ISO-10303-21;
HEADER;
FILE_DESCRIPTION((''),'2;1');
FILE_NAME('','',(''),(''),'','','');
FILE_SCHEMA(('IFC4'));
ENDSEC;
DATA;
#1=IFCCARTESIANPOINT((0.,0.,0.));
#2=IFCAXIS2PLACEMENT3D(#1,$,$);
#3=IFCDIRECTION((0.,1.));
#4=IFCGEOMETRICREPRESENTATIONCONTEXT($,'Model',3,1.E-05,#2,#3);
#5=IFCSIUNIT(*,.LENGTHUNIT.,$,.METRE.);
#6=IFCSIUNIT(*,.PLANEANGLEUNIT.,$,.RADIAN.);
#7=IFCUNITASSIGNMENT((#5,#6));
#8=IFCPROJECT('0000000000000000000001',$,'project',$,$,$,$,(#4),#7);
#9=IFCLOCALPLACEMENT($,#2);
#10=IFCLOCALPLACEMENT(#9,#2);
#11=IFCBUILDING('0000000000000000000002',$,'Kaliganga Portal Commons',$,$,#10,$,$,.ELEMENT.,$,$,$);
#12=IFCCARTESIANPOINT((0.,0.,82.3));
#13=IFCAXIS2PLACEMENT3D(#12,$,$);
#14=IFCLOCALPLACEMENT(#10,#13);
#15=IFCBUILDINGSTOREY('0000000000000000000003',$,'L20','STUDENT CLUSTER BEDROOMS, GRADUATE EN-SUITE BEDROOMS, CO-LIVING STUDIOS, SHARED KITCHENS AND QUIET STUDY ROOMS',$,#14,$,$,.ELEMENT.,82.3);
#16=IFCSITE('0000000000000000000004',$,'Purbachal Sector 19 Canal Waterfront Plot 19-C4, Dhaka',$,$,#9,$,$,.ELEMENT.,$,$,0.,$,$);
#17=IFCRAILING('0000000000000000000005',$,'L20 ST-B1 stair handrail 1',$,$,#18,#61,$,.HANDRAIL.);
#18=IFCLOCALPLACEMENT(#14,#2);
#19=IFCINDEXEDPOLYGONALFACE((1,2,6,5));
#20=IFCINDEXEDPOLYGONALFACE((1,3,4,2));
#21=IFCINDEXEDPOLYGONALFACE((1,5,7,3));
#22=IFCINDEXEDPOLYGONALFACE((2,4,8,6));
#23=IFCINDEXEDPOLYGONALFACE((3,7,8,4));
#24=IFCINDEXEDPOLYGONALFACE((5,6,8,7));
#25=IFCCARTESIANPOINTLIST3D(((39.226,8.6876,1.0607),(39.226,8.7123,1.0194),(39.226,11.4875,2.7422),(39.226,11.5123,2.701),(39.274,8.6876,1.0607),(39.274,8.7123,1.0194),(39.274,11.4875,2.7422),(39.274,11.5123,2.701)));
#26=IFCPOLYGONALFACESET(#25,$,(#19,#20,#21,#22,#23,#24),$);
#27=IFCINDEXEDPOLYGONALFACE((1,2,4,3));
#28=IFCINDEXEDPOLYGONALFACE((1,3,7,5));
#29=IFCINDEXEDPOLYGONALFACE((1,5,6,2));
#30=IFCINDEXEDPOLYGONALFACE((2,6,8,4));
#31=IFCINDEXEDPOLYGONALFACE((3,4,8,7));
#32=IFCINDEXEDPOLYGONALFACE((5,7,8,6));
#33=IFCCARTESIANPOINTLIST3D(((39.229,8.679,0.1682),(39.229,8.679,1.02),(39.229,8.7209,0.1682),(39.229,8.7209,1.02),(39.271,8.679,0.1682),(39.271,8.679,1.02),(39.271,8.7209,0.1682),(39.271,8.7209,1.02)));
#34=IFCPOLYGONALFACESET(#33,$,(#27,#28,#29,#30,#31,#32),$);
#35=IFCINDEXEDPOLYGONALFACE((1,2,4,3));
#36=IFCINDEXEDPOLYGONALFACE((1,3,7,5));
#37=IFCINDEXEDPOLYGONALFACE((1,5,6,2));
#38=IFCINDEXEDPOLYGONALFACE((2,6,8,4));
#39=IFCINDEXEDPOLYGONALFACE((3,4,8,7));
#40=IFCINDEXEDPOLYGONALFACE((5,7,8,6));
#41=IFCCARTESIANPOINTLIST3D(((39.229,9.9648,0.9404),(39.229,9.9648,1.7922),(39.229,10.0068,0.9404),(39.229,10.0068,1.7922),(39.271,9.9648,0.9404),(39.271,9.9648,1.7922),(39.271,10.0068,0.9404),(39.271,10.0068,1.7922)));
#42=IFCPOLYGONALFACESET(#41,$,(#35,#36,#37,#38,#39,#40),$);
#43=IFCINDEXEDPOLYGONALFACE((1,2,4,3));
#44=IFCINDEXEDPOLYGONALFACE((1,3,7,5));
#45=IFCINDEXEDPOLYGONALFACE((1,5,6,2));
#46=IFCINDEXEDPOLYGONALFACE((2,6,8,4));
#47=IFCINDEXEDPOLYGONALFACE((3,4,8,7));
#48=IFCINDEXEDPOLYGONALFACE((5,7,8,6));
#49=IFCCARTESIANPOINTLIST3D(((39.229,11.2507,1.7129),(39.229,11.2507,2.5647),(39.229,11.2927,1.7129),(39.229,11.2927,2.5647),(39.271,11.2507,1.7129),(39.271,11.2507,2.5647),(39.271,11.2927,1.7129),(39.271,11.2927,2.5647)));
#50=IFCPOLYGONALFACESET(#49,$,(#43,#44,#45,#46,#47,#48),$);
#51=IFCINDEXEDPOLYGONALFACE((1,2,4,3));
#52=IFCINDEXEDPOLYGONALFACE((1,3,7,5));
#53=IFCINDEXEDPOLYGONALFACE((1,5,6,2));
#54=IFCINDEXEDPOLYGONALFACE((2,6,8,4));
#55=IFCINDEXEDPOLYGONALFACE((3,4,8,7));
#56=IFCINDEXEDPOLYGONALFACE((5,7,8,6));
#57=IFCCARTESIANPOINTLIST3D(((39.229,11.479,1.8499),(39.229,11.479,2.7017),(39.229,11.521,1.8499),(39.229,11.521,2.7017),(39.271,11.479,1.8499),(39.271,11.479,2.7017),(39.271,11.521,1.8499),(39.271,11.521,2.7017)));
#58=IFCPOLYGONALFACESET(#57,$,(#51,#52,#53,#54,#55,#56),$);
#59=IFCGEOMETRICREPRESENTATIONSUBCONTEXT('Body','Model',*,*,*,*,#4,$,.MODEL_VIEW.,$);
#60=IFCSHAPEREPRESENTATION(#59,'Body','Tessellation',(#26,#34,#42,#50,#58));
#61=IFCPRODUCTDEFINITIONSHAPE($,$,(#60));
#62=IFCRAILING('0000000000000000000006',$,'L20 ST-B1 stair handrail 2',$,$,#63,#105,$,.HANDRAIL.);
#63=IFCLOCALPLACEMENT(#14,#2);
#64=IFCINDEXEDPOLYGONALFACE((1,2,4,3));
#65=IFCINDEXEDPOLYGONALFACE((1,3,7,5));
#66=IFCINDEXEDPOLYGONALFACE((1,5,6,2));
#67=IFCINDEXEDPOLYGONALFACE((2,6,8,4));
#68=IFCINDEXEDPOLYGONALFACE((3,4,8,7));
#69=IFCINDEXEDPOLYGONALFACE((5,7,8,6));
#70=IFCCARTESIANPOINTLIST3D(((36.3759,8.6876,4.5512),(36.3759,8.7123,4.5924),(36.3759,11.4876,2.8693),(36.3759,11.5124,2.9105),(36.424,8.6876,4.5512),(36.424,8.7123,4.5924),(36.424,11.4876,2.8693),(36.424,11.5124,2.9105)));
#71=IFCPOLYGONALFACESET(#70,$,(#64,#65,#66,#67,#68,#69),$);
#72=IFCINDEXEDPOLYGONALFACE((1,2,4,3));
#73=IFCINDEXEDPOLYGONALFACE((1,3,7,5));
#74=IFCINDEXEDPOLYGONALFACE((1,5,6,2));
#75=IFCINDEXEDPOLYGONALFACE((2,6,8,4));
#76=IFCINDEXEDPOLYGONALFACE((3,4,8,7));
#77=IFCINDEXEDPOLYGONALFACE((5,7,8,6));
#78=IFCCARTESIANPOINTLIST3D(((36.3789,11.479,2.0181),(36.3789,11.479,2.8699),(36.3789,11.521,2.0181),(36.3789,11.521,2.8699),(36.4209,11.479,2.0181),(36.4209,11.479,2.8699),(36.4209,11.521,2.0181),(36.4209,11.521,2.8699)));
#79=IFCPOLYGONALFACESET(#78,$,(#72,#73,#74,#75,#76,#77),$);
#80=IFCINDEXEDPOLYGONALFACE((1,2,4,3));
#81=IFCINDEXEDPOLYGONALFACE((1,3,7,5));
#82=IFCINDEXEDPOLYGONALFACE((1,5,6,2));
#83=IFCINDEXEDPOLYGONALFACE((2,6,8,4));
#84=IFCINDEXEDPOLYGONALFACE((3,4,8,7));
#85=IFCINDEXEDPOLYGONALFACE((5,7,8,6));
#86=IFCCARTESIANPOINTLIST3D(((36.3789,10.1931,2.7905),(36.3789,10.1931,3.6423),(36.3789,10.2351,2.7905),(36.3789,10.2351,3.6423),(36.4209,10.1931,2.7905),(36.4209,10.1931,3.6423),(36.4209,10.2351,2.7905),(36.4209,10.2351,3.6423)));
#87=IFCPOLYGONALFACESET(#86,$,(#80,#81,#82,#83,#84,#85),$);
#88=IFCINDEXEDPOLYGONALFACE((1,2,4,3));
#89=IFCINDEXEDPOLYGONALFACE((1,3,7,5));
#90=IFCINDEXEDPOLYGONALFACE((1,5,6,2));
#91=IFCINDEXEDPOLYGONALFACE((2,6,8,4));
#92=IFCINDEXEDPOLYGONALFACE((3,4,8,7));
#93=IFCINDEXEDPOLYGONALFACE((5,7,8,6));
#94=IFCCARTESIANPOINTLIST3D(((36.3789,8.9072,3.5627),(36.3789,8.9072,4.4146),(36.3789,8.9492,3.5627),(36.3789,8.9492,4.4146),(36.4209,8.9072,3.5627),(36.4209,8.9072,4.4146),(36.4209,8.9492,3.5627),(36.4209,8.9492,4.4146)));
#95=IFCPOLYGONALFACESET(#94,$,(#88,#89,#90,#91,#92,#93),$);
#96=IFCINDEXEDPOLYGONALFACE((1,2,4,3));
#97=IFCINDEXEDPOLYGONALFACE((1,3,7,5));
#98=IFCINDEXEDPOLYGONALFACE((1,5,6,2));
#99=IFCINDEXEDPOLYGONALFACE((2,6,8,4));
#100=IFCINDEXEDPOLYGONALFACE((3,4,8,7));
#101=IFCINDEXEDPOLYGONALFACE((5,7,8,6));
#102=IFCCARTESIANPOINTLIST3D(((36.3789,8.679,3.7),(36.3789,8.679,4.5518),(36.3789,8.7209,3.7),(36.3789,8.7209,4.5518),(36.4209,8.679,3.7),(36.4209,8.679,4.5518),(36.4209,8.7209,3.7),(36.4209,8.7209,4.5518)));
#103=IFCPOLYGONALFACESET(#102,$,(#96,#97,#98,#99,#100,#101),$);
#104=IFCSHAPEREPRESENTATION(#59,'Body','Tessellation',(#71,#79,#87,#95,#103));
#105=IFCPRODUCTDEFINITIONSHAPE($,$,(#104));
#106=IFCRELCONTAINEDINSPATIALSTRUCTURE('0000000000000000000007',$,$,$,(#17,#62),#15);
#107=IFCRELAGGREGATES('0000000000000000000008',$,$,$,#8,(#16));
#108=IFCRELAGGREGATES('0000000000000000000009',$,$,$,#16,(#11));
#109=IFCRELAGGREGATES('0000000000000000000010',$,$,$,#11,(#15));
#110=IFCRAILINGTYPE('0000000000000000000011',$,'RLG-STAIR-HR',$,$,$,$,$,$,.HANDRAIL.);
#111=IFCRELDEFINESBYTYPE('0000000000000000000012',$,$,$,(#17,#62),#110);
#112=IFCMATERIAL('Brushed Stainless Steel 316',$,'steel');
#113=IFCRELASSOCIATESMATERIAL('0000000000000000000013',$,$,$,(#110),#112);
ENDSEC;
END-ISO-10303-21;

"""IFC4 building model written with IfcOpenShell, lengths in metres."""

from ifc_helpers import new_model, si_unit, direction, frame, origin, origin_2d, place, context, subcontext, project, spatial, rectangle, extrude, material, type_object, element, save


model = new_model("IFC4")

# Units and contexts
model_context = context("Model", 3, precision=1e-05, world=origin(), true_north=direction((0.0, 1.0)))
body_context = subcontext(model_context, "Body", "Model", "MODEL_VIEW")
ifc_project = project(units=[si_unit("LENGTHUNIT", "METRE"), si_unit("PLANEANGLEUNIT", "RADIAN")], contexts=[model_context])

# Site, building, storey
site_placement = place(None, origin())
site = spatial("IfcSite", under=ifc_project, at=site_placement, Name="Purbachal Sector 19 Canal Waterfront Plot 19-C4, Dhaka", CompositionType="ELEMENT", RefElevation=0.0)
building_placement = place(site_placement, origin())
building = spatial("IfcBuilding", under=site, at=building_placement, Name="Kaliganga Portal Commons", CompositionType="ELEMENT")
storey_placement = place(building_placement, frame((0.0, 0.0, 82.3)))
storey = spatial("IfcBuildingStorey", under=building, at=storey_placement, Name="L20", Description="STUDENT CLUSTER BEDROOMS, GRADUATE EN-SUITE BEDROOMS, CO-LIVING STUDIOS, SHARED KITCHENS AND QUIET STUDY ROOMS", CompositionType="ELEMENT", Elevation=82.3)

# Railings
ifc_material_1 = material(Name="Brushed Stainless Steel 316", Category="steel")
railing_type_1 = type_object("IfcRailingType", Name="RLG-STAIR-HR", PredefinedType="HANDRAIL", material=ifc_material_1)
railing_1_placement = place(storey_placement, frame((39.25, 8.7, 0.1682)))
element("IfcRailing", 1, at=railing_1_placement, inside=storey, type_object=railing_type_1, Name="L20 ST-B1 stair handrail 1", PredefinedType="HANDRAIL", context=body_context, shape_type="SweptSolid", body=[
    extrude(rectangle(XDim=0.0481, YDim=0.0481, at=origin_2d()), frame((0.0, 0.0, 0.8718), z_axis=(0.0, 0.857275, 0.514858), x_axis=(-1.0, 0.0, 0.0)), (0.0, 0.0, 1.0), 3.2661),
    extrude(rectangle(XDim=0.042, YDim=0.042, at=origin_2d()), origin(), (0.0, 0.0, 1.0), 0.8518),
    extrude(rectangle(XDim=0.042, YDim=0.042, at=origin_2d()), frame((0.0, 1.2859, 0.7722)), (0.0, 0.0, 1.0), 0.8518),
    extrude(rectangle(XDim=0.042, YDim=0.042, at=origin_2d()), frame((0.0, 2.5718, 1.5447)), (0.0, 0.0, 1.0), 0.8518),
    extrude(rectangle(XDim=0.042, YDim=0.042, at=origin_2d()), frame((0.0, 2.8, 1.6816)), (0.0, 0.0, 1.0), 0.8518),
])
railing_2_placement = place(storey_placement, frame((36.3999, 11.5, 2.0181)))
element("IfcRailing", 2, at=railing_2_placement, inside=storey, type_object=railing_type_1, Name="L20 ST-B1 stair handrail 2", PredefinedType="HANDRAIL", context=body_context, shape_type="SweptSolid", body=[
    extrude(rectangle(XDim=0.0481, YDim=0.0481, at=origin_2d()), frame((0.0, 0.0, 0.8718), z_axis=(0.0, -0.857242, 0.514913), x_axis=(1.0, 0.0, 0.0)), (0.0, 0.0, 1.0), 3.2664),
    extrude(rectangle(XDim=0.042, YDim=0.042, at=origin_2d()), origin(), (0.0, 0.0, 1.0), 0.8518),
    extrude(rectangle(XDim=0.042, YDim=0.042, at=origin_2d()), frame((0.0, -1.2859, 0.7725)), (0.0, 0.0, 1.0), 0.8518),
    extrude(rectangle(XDim=0.042, YDim=0.042, at=origin_2d()), frame((0.0, -2.5718, 1.5447)), (0.0, 0.0, 1.0), 0.8518),
    extrude(rectangle(XDim=0.042, YDim=0.042, at=origin_2d()), frame((0.0, -2.8, 1.6819)), (0.0, 0.0, 1.0), 0.8518),
])

save(model, "model.ifc")
